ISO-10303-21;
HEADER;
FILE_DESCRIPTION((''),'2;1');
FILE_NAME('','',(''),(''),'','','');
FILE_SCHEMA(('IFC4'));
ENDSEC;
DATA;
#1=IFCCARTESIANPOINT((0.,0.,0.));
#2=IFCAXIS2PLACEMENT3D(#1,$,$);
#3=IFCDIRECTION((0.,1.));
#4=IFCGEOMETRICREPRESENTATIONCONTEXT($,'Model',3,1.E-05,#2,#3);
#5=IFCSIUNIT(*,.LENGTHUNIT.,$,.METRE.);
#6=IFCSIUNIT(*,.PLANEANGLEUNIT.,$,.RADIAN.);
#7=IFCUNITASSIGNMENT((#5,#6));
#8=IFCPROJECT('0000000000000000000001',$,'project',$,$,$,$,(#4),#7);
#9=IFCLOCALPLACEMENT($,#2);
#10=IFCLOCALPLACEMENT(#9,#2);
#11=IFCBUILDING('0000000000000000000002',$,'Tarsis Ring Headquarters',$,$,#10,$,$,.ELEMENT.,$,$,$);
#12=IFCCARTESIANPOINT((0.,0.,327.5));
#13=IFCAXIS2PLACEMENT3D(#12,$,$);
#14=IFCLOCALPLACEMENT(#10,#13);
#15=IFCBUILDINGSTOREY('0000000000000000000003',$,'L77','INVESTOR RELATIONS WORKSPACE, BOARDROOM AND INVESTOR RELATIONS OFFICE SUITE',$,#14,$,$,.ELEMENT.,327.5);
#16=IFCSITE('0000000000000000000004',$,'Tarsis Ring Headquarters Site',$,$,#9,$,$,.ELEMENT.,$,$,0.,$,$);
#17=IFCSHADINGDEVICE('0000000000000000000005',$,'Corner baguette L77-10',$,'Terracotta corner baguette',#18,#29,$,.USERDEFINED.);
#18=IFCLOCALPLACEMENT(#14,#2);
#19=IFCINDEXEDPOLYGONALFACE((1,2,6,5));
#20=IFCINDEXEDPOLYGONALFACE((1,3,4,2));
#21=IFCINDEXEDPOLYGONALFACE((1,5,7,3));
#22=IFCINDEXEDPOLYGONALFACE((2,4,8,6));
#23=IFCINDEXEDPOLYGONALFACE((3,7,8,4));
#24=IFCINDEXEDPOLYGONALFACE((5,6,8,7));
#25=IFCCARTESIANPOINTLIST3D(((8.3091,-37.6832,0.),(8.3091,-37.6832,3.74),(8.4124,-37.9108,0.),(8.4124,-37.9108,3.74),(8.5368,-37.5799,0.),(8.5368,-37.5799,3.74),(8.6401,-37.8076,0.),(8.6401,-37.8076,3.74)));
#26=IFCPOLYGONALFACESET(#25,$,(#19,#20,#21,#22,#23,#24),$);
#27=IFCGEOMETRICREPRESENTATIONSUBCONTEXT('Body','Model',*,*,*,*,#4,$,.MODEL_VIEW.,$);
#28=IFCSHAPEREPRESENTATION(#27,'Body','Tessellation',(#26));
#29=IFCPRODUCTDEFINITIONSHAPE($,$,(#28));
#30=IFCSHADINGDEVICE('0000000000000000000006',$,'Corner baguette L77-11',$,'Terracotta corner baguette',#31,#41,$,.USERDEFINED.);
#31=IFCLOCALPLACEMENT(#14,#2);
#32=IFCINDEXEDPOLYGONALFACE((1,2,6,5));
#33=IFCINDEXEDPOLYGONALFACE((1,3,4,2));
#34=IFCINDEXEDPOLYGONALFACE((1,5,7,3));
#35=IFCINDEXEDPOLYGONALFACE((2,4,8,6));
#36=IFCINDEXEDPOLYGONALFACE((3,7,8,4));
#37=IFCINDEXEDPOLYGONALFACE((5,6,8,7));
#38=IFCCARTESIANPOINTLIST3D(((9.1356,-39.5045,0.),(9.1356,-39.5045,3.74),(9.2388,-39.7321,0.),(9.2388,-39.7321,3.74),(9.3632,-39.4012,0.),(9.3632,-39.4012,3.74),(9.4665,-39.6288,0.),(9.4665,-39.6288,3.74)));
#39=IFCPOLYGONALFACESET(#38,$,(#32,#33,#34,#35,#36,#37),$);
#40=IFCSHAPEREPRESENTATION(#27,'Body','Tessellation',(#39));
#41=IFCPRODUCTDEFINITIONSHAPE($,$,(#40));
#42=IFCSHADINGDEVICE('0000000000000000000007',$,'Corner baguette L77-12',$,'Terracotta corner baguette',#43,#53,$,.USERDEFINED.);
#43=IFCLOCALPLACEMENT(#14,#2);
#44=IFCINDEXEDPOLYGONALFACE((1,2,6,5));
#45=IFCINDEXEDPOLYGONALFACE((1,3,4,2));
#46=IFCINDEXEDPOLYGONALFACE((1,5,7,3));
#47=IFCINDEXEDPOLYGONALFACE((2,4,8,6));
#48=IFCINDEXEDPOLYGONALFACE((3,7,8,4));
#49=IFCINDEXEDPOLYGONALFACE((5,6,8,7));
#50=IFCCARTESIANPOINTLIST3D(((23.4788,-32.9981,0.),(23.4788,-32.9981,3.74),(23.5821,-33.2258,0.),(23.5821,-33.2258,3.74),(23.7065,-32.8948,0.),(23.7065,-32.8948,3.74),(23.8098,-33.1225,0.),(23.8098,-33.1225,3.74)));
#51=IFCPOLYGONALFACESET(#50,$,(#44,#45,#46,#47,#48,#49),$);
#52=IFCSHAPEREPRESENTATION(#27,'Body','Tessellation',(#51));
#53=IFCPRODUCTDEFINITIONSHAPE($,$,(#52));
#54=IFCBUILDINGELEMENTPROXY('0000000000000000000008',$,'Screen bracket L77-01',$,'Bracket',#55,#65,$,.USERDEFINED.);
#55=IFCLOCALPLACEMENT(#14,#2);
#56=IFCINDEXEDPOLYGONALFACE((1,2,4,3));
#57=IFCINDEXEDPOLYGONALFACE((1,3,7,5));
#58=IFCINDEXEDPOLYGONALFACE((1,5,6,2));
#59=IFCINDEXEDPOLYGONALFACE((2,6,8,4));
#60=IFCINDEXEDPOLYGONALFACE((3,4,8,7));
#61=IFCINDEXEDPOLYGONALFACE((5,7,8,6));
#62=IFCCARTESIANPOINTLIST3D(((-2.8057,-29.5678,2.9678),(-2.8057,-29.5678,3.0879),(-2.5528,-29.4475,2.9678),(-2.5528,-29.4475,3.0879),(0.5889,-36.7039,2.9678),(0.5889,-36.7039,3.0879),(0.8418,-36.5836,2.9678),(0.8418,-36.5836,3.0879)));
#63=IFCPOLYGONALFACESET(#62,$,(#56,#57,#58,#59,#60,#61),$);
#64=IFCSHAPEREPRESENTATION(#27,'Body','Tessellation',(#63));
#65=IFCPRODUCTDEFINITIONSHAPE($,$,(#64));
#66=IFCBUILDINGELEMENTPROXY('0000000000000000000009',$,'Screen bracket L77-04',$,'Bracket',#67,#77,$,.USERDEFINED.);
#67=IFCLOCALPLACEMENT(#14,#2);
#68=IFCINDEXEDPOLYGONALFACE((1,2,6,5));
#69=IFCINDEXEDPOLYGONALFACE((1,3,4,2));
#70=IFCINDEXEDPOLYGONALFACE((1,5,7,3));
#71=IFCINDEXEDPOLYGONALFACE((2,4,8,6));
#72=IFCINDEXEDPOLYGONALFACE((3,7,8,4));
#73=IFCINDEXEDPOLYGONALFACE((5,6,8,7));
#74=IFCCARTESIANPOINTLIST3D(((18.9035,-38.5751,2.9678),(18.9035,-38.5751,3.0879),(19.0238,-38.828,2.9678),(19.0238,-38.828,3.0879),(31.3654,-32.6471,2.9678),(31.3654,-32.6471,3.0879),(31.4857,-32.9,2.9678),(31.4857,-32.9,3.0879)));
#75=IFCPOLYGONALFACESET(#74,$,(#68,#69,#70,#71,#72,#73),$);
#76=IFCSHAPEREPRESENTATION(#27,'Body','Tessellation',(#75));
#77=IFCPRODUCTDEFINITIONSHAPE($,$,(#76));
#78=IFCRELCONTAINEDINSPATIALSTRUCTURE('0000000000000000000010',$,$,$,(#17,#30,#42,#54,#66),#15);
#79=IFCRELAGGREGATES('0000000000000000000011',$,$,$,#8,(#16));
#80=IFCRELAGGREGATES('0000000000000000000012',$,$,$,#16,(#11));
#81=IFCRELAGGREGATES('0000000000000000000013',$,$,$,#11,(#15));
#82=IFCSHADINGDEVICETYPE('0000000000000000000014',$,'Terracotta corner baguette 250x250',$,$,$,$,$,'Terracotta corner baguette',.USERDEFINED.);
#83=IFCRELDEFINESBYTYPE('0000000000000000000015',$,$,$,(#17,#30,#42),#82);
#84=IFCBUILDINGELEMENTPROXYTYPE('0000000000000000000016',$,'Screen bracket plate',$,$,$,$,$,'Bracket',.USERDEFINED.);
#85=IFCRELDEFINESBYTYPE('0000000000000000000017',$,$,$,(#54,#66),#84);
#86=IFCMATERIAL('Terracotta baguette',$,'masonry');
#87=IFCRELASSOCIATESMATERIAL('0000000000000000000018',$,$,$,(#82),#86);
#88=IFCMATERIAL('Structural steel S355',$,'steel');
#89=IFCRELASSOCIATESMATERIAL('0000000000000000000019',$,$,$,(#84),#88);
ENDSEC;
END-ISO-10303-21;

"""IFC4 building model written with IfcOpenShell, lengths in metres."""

from ifc_helpers import new_model, si_unit, direction, frame, origin, origin_2d, place, context, subcontext, project, spatial, rectangle, extrude, material, type_object, element, save


model = new_model("IFC4")

# Units and contexts
model_context = context("Model", 3, precision=1e-05, world=origin(), true_north=direction((0.0, 1.0)))
body_context = subcontext(model_context, "Body", "Model", "MODEL_VIEW")
ifc_project = project(units=[si_unit("LENGTHUNIT", "METRE"), si_unit("PLANEANGLEUNIT", "RADIAN")], contexts=[model_context])

# Site, building, storey
site_placement = place(None, origin())
site = spatial("IfcSite", under=ifc_project, at=site_placement, Name="Tarsis Ring Headquarters Site", CompositionType="ELEMENT", RefElevation=0.0)
building_placement = place(site_placement, origin())
building = spatial("IfcBuilding", under=site, at=building_placement, Name="Tarsis Ring Headquarters", CompositionType="ELEMENT")
storey_placement = place(building_placement, frame((0.0, 0.0, 327.5)))
storey = spatial("IfcBuildingStorey", under=building, at=storey_placement, Name="L77", Description="INVESTOR RELATIONS WORKSPACE, BOARDROOM AND INVESTOR RELATIONS OFFICE SUITE", CompositionType="ELEMENT", Elevation=327.5)

# Shared definitions
ifc_material_1 = material(Name="Structural steel S355", Category="steel")

# Shading devices
ifc_material_2 = material(Name="Terracotta baguette", Category="masonry")
shading_device_type_1 = type_object("IfcShadingDeviceType", Name="Terracotta corner baguette 250x250", ElementType="Terracotta corner baguette", PredefinedType="USERDEFINED", material=ifc_material_2)
for number, where, z_axis, x_axis, name in (
    (1, (8.4746, -37.7454, 0.0), (0.0, 0.0, 1.0), (0.910684, 0.413105, 0.0), "Corner baguette L77-10"),
    (2, (9.301, -39.5667, 0.0), (0.0, 0.0, 1.0), (0.413105, -0.910684, 0.0), "Corner baguette L77-11"),
    (3, (23.6443, -33.0603, 0.0), (0.0, 0.0, 1.0), (0.910684, 0.413104, 0.0), "Corner baguette L77-12"),
):
    element("IfcShadingDevice", number, at=place(storey_placement, frame(where, z_axis=z_axis, x_axis=x_axis)), inside=storey, type_object=shading_device_type_1, Name=name, ObjectType="Terracotta corner baguette", PredefinedType="USERDEFINED", context=body_context, shape_type="SweptSolid", body=[
        extrude(rectangle(XDim=0.25, YDim=0.25, at=origin_2d()), origin(), (0.0, 0.0, 1.0), 3.74),
    ])

# Building element proxies
building_element_proxy_type = type_object("IfcBuildingElementProxyType", Name="Screen bracket plate", ElementType="Bracket", PredefinedType="USERDEFINED", material=ifc_material_1)
proxy_1_placement = place(storey_placement, frame((-0.9819, -33.0757, 2.9678), z_axis=(0.0, 0.0, 1.0), x_axis=(0.429566, -0.903036, 0.0)))
element("IfcBuildingElementProxy", 4, at=proxy_1_placement, inside=storey, type_object=building_element_proxy_type, Name="Screen bracket L77-01", ObjectType="Bracket", PredefinedType="USERDEFINED", context=body_context, shape_type="SweptSolid", body=[
    extrude(rectangle(XDim=7.9023, YDim=0.28, at=origin_2d()), origin(), (0.0, 0.0, 1.0), 0.1201),
])
proxy_2_placement = place(storey_placement, frame((25.1946, -35.7375, 2.9678), z_axis=(0.0, 0.0, 1.0), x_axis=(0.903036, 0.429566, 0.0)))
element("IfcBuildingElementProxy", 5, at=proxy_2_placement, inside=storey, type_object=building_element_proxy_type, Name="Screen bracket L77-04", ObjectType="Bracket", PredefinedType="USERDEFINED", context=body_context, shape_type="SweptSolid", body=[
    extrude(rectangle(XDim=13.8, YDim=0.28, at=origin_2d()), origin(), (0.0, 0.0, 1.0), 0.1201),
])

save(model, "model.ifc")
